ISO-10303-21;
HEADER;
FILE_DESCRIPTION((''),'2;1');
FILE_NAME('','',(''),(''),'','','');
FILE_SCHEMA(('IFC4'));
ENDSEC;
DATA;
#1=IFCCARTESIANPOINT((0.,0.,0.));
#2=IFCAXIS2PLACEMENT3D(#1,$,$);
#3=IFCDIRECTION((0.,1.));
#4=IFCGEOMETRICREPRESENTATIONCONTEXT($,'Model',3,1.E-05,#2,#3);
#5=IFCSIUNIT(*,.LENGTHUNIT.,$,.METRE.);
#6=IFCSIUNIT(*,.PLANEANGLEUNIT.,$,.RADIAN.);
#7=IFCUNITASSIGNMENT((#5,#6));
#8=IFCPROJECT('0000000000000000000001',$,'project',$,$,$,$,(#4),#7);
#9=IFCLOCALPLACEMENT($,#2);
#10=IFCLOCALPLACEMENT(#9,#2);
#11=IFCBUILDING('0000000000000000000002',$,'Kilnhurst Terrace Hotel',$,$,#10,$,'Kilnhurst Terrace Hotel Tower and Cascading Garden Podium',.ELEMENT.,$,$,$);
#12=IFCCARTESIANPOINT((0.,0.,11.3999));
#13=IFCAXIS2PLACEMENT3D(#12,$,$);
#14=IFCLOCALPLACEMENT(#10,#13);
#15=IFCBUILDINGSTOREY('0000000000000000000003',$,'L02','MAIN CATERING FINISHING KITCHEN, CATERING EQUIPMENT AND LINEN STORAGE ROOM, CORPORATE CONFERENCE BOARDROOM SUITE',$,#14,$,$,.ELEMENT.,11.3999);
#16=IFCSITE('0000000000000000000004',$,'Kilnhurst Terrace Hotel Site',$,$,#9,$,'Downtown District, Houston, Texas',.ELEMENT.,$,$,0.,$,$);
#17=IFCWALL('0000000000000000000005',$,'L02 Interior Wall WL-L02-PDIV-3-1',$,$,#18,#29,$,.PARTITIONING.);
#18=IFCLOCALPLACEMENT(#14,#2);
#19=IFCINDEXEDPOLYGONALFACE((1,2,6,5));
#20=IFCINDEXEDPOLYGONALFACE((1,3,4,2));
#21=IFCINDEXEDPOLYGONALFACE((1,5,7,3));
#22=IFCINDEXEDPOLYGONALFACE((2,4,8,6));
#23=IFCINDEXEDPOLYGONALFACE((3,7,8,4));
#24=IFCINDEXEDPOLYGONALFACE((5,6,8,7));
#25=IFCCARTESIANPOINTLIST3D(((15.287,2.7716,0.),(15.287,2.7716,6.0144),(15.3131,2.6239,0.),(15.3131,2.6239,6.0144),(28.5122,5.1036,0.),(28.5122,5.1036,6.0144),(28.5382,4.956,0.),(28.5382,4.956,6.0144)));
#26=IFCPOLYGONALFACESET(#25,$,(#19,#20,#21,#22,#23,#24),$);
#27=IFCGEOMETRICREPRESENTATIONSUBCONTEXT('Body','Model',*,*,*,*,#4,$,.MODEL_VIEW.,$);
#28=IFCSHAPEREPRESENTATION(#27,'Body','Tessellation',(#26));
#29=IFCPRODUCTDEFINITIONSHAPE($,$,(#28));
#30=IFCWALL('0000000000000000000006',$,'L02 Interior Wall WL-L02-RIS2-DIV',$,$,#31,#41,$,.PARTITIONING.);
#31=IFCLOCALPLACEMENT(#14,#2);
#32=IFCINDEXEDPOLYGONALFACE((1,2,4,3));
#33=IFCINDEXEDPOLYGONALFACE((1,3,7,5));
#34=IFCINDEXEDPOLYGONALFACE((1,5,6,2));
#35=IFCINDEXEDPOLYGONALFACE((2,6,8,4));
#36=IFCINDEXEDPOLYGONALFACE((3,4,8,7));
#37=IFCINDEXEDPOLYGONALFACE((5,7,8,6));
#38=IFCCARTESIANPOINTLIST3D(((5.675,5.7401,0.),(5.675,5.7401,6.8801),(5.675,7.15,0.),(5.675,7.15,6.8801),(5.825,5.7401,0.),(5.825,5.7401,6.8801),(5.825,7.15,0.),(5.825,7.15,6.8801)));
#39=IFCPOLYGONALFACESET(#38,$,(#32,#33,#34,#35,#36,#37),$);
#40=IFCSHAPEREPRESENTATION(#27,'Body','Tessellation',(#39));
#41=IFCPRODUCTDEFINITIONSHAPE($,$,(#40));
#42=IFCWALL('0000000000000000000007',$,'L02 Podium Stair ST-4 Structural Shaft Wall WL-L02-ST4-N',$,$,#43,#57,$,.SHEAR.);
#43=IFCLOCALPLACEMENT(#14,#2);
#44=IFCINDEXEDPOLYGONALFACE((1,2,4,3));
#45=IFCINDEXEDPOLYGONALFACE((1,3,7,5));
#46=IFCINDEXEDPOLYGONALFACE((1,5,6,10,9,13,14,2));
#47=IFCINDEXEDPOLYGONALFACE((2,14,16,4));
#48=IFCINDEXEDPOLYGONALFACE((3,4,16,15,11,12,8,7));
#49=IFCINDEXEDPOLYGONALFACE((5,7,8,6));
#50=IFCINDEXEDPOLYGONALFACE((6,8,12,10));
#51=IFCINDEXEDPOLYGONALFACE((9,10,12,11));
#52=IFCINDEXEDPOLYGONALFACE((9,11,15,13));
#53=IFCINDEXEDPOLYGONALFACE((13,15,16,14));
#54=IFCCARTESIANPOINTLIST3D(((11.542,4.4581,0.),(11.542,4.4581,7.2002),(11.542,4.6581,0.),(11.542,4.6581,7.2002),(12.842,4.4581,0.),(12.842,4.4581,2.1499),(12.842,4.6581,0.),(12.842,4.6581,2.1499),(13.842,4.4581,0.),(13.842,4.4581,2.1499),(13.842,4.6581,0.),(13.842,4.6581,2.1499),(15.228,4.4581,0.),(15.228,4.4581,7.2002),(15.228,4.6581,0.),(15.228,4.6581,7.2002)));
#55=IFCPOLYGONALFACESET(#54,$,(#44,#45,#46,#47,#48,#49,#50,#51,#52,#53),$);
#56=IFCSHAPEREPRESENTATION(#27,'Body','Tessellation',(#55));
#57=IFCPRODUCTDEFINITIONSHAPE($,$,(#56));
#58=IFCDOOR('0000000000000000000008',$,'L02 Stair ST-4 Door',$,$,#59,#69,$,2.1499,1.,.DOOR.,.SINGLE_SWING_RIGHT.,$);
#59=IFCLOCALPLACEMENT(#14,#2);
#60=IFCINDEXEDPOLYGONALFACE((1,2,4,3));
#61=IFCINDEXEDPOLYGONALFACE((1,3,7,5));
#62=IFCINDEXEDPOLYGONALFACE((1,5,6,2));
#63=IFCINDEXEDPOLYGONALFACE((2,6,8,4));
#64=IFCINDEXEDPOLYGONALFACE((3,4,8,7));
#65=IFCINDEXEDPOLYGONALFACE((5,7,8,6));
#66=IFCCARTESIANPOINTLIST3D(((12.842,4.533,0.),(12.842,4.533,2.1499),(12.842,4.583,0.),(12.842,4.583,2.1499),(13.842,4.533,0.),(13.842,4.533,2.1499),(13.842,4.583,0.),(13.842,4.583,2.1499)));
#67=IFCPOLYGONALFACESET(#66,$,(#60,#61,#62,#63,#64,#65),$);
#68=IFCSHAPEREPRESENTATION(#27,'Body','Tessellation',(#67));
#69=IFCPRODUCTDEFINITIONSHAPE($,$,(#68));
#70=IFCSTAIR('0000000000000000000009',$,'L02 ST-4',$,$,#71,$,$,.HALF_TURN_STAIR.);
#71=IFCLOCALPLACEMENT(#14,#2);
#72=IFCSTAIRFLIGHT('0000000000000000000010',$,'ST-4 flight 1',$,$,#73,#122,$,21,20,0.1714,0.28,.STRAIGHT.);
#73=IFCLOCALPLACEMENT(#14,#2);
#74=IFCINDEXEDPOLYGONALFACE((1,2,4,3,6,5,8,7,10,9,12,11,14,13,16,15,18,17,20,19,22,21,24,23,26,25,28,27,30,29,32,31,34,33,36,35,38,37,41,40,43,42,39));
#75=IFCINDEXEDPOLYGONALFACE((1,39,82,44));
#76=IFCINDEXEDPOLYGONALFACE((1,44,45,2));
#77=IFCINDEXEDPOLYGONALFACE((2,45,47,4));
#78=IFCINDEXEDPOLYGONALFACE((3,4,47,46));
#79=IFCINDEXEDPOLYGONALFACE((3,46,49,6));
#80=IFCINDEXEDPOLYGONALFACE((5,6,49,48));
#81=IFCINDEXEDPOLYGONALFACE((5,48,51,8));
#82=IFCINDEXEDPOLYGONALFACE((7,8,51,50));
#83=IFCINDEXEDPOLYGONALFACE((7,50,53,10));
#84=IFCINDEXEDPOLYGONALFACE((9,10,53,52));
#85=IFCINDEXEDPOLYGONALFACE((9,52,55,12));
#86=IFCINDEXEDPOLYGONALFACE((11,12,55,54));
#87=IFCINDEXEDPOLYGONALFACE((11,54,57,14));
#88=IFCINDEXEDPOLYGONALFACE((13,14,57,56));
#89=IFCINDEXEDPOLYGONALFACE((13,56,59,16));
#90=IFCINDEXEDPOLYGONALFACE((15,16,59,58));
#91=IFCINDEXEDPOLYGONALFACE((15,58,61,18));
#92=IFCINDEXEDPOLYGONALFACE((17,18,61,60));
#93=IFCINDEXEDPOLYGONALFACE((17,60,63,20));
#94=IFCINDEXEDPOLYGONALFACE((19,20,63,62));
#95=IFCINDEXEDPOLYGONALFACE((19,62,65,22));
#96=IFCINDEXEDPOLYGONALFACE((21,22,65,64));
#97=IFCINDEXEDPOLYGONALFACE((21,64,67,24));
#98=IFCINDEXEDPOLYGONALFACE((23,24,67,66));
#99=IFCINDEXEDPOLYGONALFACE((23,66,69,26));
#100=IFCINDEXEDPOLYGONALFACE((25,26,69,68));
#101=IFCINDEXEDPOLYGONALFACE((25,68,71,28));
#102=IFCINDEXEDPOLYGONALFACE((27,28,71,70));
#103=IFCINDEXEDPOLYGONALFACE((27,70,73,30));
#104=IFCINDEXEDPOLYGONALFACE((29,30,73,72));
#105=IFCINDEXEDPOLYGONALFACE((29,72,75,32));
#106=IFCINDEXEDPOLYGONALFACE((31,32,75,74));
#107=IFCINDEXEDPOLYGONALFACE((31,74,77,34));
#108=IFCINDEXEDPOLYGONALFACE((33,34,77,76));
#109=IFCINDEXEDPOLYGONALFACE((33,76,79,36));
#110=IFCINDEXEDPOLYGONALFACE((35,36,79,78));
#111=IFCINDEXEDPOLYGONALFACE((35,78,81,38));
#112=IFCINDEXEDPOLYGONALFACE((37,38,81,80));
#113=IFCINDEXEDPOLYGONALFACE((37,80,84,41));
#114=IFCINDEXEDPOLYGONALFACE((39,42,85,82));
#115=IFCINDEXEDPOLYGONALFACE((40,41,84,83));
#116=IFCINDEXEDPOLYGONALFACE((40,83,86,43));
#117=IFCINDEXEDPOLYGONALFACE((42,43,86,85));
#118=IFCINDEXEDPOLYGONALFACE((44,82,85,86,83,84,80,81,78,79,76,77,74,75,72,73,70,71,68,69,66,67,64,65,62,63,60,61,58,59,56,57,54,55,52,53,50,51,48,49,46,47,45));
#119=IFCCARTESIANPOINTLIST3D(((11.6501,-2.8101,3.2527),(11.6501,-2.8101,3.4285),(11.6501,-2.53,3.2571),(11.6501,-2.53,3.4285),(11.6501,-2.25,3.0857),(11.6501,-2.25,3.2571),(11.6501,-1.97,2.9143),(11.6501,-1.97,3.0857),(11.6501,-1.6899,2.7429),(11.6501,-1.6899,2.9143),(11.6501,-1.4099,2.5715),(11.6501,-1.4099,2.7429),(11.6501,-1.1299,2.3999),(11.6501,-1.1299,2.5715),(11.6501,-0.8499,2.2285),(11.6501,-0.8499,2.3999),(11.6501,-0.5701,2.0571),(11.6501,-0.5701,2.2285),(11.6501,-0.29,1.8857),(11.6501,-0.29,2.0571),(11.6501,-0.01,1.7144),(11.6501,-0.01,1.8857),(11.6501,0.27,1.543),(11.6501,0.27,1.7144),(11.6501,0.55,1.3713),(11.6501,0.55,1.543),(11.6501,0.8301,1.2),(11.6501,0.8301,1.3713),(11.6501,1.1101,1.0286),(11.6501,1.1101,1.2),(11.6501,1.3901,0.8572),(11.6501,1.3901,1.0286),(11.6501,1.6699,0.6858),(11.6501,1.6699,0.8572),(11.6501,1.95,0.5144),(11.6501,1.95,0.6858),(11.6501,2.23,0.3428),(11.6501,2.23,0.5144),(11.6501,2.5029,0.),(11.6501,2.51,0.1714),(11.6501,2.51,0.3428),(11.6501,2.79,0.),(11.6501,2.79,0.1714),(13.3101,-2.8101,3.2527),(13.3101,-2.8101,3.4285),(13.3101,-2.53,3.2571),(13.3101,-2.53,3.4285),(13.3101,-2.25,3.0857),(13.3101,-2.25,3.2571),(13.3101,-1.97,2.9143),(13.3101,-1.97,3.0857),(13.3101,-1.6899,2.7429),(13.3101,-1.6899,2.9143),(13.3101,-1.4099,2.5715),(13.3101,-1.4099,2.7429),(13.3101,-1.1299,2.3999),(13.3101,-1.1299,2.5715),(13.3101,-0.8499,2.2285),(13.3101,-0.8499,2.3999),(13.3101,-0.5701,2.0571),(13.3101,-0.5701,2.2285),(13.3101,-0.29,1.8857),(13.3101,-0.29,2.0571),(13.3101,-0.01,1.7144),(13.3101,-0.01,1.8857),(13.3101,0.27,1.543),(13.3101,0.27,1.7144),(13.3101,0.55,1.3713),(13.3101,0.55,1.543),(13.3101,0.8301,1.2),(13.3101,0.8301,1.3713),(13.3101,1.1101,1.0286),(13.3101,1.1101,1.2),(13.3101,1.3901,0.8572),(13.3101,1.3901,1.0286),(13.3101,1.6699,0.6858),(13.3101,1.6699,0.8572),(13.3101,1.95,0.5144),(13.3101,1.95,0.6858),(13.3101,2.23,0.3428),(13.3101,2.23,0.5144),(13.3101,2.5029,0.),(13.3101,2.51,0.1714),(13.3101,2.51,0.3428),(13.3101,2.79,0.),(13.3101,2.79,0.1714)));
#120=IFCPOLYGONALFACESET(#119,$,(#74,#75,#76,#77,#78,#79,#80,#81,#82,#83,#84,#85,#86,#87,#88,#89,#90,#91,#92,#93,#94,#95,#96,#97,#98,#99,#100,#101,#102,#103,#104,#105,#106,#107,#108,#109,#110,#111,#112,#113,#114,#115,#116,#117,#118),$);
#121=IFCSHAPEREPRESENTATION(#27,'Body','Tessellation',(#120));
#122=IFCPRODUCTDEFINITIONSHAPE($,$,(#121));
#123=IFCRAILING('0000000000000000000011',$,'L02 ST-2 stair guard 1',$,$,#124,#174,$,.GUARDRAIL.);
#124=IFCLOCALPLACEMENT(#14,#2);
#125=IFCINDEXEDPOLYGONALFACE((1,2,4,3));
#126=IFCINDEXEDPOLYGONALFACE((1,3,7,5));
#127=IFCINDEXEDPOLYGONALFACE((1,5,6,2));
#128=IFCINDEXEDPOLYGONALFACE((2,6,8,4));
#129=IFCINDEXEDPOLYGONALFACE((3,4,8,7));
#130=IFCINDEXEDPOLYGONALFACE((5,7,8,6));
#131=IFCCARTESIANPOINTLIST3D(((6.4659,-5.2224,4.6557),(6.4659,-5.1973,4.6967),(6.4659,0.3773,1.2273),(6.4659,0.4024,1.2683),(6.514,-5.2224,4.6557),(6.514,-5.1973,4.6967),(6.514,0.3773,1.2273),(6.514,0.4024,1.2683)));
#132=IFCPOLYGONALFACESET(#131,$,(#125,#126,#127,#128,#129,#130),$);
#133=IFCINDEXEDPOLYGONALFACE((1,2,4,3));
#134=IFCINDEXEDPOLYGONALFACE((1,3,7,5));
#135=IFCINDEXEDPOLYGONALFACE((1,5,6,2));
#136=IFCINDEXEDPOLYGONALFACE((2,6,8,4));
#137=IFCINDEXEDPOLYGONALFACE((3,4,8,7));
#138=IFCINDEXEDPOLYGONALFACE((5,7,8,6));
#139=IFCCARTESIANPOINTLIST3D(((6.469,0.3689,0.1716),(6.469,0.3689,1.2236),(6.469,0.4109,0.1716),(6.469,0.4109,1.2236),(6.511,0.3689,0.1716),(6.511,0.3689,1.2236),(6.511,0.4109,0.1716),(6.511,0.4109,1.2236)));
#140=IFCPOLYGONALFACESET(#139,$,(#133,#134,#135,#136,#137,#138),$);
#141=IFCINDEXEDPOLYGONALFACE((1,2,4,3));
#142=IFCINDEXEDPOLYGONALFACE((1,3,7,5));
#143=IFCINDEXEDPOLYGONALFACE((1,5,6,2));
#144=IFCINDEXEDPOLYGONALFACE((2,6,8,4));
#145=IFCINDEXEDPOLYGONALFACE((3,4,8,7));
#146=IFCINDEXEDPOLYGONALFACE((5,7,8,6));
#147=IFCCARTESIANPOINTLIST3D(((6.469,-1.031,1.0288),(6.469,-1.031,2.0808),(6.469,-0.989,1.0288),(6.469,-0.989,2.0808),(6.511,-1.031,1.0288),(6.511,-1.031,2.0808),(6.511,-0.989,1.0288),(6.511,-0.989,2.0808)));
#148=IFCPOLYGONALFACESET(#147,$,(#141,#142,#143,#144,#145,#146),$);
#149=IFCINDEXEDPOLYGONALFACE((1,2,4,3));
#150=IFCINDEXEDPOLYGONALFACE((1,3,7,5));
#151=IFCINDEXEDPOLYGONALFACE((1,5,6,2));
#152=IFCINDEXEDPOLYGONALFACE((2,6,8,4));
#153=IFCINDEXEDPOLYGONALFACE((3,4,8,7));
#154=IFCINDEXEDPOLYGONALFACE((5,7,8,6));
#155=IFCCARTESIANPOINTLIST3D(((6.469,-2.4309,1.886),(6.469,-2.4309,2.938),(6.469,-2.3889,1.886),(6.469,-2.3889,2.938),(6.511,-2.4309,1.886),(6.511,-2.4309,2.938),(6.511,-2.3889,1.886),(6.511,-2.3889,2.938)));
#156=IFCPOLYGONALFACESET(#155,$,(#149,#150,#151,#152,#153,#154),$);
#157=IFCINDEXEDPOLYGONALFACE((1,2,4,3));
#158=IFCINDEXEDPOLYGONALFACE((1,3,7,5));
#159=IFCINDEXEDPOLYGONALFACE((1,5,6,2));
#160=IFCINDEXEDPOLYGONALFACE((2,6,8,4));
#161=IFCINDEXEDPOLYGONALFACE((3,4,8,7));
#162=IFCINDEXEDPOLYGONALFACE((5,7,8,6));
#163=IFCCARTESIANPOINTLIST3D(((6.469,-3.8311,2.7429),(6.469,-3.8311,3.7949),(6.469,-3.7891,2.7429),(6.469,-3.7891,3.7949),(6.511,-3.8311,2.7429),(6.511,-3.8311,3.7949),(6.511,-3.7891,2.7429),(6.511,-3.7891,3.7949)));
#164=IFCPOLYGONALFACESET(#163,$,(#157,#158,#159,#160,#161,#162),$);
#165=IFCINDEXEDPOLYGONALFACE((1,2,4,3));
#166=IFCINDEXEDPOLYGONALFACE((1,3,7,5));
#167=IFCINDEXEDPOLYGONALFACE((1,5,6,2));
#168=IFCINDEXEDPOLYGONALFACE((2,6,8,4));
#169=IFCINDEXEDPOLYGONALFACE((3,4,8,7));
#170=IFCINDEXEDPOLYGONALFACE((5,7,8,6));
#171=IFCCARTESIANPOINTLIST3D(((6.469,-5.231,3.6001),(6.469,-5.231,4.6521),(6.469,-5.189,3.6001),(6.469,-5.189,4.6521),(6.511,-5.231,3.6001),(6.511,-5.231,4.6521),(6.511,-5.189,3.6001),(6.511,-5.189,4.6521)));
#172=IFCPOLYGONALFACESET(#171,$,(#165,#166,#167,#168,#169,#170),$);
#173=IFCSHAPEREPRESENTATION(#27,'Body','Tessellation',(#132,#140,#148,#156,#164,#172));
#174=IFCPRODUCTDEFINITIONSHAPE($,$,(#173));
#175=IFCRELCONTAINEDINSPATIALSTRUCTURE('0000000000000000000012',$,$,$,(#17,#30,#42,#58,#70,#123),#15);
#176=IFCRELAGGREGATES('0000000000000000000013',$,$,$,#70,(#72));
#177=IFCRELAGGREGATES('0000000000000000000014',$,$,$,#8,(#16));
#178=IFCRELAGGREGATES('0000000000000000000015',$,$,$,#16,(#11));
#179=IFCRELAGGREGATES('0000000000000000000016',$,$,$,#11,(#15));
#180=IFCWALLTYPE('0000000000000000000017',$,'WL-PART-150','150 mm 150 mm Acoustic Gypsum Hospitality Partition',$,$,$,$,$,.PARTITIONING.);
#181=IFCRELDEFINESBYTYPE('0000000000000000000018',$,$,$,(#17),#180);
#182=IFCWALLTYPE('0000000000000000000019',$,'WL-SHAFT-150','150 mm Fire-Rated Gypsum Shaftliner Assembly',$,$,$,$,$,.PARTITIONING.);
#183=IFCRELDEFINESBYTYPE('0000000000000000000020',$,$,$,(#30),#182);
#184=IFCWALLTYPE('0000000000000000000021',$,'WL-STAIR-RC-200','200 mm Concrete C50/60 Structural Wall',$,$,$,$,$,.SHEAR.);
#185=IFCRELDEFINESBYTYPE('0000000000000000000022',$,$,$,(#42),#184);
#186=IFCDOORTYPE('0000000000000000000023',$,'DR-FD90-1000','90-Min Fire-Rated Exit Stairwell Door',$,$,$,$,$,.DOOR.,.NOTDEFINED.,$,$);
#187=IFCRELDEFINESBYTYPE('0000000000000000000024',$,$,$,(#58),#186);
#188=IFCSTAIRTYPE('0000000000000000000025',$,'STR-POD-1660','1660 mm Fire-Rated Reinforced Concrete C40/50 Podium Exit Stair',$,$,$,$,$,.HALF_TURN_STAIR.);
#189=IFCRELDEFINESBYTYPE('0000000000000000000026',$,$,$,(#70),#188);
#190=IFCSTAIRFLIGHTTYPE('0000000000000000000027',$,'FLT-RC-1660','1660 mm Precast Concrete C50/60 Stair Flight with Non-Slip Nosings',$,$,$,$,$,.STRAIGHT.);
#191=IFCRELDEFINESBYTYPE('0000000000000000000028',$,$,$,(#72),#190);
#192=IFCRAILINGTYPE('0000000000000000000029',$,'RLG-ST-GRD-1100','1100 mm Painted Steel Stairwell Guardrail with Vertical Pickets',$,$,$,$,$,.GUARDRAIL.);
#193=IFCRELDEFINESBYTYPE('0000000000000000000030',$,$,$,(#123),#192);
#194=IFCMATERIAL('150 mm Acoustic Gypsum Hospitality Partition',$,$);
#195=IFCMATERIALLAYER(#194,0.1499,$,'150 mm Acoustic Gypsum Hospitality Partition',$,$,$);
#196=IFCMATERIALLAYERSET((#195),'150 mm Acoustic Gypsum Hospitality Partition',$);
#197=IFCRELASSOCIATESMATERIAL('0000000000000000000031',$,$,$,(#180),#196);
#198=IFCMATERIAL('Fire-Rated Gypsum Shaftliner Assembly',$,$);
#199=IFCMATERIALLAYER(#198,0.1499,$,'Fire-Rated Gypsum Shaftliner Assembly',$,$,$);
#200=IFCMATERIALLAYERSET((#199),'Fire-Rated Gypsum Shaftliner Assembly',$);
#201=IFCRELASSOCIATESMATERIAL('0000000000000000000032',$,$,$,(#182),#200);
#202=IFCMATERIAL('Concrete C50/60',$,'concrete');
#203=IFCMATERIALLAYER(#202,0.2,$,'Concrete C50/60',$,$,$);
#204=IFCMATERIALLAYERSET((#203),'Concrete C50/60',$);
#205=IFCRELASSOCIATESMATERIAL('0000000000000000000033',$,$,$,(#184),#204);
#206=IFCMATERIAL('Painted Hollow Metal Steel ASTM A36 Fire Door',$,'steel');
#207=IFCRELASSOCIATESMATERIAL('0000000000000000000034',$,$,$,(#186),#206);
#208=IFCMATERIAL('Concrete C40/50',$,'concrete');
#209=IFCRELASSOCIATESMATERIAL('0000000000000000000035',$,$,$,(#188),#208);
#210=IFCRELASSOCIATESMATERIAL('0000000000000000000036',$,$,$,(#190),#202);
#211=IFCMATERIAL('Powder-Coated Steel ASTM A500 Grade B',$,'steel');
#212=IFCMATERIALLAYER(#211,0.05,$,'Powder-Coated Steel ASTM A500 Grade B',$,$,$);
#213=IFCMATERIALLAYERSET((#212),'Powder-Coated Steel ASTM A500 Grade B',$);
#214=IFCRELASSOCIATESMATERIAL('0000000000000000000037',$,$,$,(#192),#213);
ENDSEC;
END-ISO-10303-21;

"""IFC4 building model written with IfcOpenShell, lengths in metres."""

from ifc_helpers import new_model, si_unit, direction, frame, frame_2d, origin, origin_2d, place, context, subcontext, project, spatial, polyline, rectangle, outline, extrude, material, layer, layer_set, type_object, element, fill, aggregate, save


model = new_model("IFC4")

# Units and contexts
model_context = context("Model", 3, precision=1e-05, world=origin(), true_north=direction((0.0, 1.0)))
body_context = subcontext(model_context, "Body", "Model", "MODEL_VIEW")
ifc_project = project(units=[si_unit("LENGTHUNIT", "METRE"), si_unit("PLANEANGLEUNIT", "RADIAN")], contexts=[model_context])

# Site, building, storey
site_placement = place(None, origin())
site = spatial("IfcSite", under=ifc_project, at=site_placement, Name="Kilnhurst Terrace Hotel Site", LongName="Downtown District, Houston, Texas", CompositionType="ELEMENT", RefElevation=0.0)
building_placement = place(site_placement, origin())
building = spatial("IfcBuilding", under=site, at=building_placement, Name="Kilnhurst Terrace Hotel", LongName="Kilnhurst Terrace Hotel Tower and Cascading Garden Podium", CompositionType="ELEMENT")
storey_placement = place(building_placement, frame((0.0, 0.0, 11.3999)))
storey = spatial("IfcBuildingStorey", under=building, at=storey_placement, Name="L02", Description="MAIN CATERING FINISHING KITCHEN, CATERING EQUIPMENT AND LINEN STORAGE ROOM, CORPORATE CONFERENCE BOARDROOM SUITE", CompositionType="ELEMENT", Elevation=11.3999)

# Walls
ifc_material_1 = material(Name="150 mm Acoustic Gypsum Hospitality Partition")
ifc_layer_1 = layer(ifc_material_1, 0.1499, Name="150 mm Acoustic Gypsum Hospitality Partition")
ifc_layer_set_1 = layer_set([ifc_layer_1], Name="150 mm Acoustic Gypsum Hospitality Partition")
wall_type_1 = type_object("IfcWallType", Name="WL-PART-150", Description="150 mm 150 mm Acoustic Gypsum Hospitality Partition", PredefinedType="PARTITIONING", material=ifc_layer_set_1)
wall_1_placement = place(storey_placement, frame((15.3, 2.6978, 0.0), z_axis=(0.0, 0.0, 1.0), x_axis=(0.984807, 0.173655, 0.0)))
element("IfcWall", 1, at=wall_1_placement, inside=storey, type_object=wall_type_1, Name="L02 Interior Wall WL-L02-PDIV-3-1", PredefinedType="PARTITIONING", context=body_context, shape_type="SweptSolid", body=[
    extrude(rectangle(XDim=13.4292, YDim=0.1499, at=frame_2d((6.7146, 0.0))), origin(), (0.0, 0.0, 1.0), 6.0144),
])
ifc_material_2 = material(Name="Fire-Rated Gypsum Shaftliner Assembly")
ifc_layer_2 = layer(ifc_material_2, 0.1499, Name="Fire-Rated Gypsum Shaftliner Assembly")
ifc_layer_set_2 = layer_set([ifc_layer_2], Name="Fire-Rated Gypsum Shaftliner Assembly")
wall_type_2 = type_object("IfcWallType", Name="WL-SHAFT-150", Description="150 mm Fire-Rated Gypsum Shaftliner Assembly", PredefinedType="PARTITIONING", material=ifc_layer_set_2)
wall_2_placement = place(storey_placement, frame((5.75, 5.74, 0.0), z_axis=(0.0, 0.0, 1.0), x_axis=(0.0, 1.0, 0.0)))
element("IfcWall", 2, at=wall_2_placement, inside=storey, type_object=wall_type_2, Name="L02 Interior Wall WL-L02-RIS2-DIV", PredefinedType="PARTITIONING", context=body_context, shape_type="SweptSolid", body=[
    extrude(rectangle(XDim=1.4099, YDim=0.1499, at=frame_2d((0.7051, 0.0))), origin(), (0.0, 0.0, 1.0), 6.8801),
])

# Wall, opening, door
ifc_material_3 = material(Name="Concrete C50/60", Category="concrete")
ifc_layer_3 = layer(ifc_material_3, 0.2, Name="Concrete C50/60")
ifc_layer_set_3 = layer_set([ifc_layer_3], Name="Concrete C50/60")
wall_type_3 = type_object("IfcWallType", Name="WL-STAIR-RC-200", Description="200 mm Concrete C50/60 Structural Wall", PredefinedType="SHEAR", material=ifc_layer_set_3)
wall_3_placement = place(storey_placement, frame((11.542, 4.5581, 0.0), z_axis=(0.0, 0.0, 1.0), x_axis=(1.0, 0.0, 0.0)))
wall_3 = element("IfcWall", 3, at=wall_3_placement, inside=storey, type_object=wall_type_3, Name="L02 Podium Stair ST-4 Structural Shaft Wall WL-L02-ST4-N", PredefinedType="SHEAR", context=body_context, shape_type="SweptSolid", body=[
    extrude(rectangle(XDim=3.686, YDim=0.2, at=frame_2d((1.843, 0.0))), origin(), (0.0, 0.0, 1.0), 7.2002),
])
opening_1_placement = place(wall_3_placement, frame((1.3, 0.0, 0.0)))
opening_1 = element("IfcOpeningElement", 4, at=opening_1_placement, cuts=wall_3, PredefinedType="OPENING", context=body_context, shape_type="SweptSolid", body=[
    extrude(rectangle(XDim=1.0, YDim=2.1499, at=frame_2d((0.5, 1.075))), frame((0.0, 0.1099, 0.0), z_axis=(0.0, -1.0, 0.0), x_axis=(1.0, 0.0, 0.0)), (0.0, 0.0, 1.0), 0.22),
])
ifc_material_4 = material(Name="Painted Hollow Metal Steel ASTM A36 Fire Door", Category="steel")
door_type_1 = type_object("IfcDoorType", Name="DR-FD90-1000", Description="90-Min Fire-Rated Exit Stairwell Door", OperationType="NOTDEFINED", PredefinedType="DOOR", material=ifc_material_4)
door_1_placement = place(opening_1_placement, origin())
door_1 = element("IfcDoor", 5, at=door_1_placement, inside=storey, type_object=door_type_1, Name="L02 Stair ST-4 Door", OperationType="SINGLE_SWING_RIGHT", OverallHeight=2.1499, OverallWidth=1.0, PredefinedType="DOOR", context=body_context, shape_type="SweptSolid", body=[
    extrude(rectangle(XDim=1.0, YDim=2.1499, at=frame_2d((0.5, 1.075))), frame((0.0, 0.0249, 0.0), z_axis=(0.0, -1.0, 0.0), x_axis=(1.0, 0.0, 0.0)), (0.0, 0.0, 1.0), 0.05),
])
fill(opening_1, door_1)

# Stair, stair flight
ifc_material_5 = material(Name="Concrete C40/50", Category="concrete")
stair_type = type_object("IfcStairType", Name="STR-POD-1660", Description="1660 mm Fire-Rated Reinforced Concrete C40/50 Podium Exit Stair", PredefinedType="HALF_TURN_STAIR", material=ifc_material_5)
stair_placement = place(storey_placement, origin())
stair = element("IfcStair", 6, at=stair_placement, inside=storey, type_object=stair_type, Name="L02 ST-4", PredefinedType="HALF_TURN_STAIR")
stair_flight_type = type_object("IfcStairFlightType", Name="FLT-RC-1660", Description="1660 mm Precast Concrete C50/60 Stair Flight with Non-Slip Nosings", PredefinedType="STRAIGHT", material=ifc_material_3)
stair_flight_placement = place(storey_placement, frame((12.48, 2.79, 0.0), z_axis=(0.0, 0.0, 1.0), x_axis=(0.0, -1.0, 0.0)))
stair_flight = element("IfcStairFlight", 7, at=stair_flight_placement, type_object=stair_flight_type, Name="ST-4 flight 1", NumberOfRisers=21, NumberOfTreads=20, PredefinedType="STRAIGHT", RiserHeight=0.1714, TreadLength=0.28, context=body_context, shape_type="SweptSolid", body=[
    extrude(outline(polyline([(0.0, 0.0), (0.0, 0.1714), (0.28, 0.1714), (0.28, 0.3428), (0.5601, 0.3428), (0.5601, 0.5144), (0.8401, 0.5144), (0.8401, 0.6858), (1.1201, 0.6858), (1.1201, 0.8572), (1.3999, 0.8572), (1.3999, 1.0286), (1.6799, 1.0286), (1.6799, 1.2), (1.96, 1.2), (1.96, 1.3713), (2.24, 1.3713), (2.24, 1.543), (2.52, 1.543), (2.52, 1.7144), (2.8, 1.7144), (2.8, 1.8857), (3.0801, 1.8857), (3.0801, 2.0571), (3.3601, 2.0571), (3.3601, 2.2285), (3.6399, 2.2285), (3.6399, 2.3999), (3.9199, 2.3999), (3.9199, 2.5715), (4.2, 2.5715), (4.2, 2.7429), (4.48, 2.7429), (4.48, 2.9143), (4.76, 2.9143), (4.76, 3.0857), (5.04, 3.0857), (5.04, 3.2571), (5.3201, 3.2571), (5.3201, 3.4285), (5.6001, 3.4285), (5.6001, 3.6001), (5.6001, 3.2527), (0.2871, 0.0), (0.0, 0.0)])), frame((0.0, 0.8301, 0.0), z_axis=(0.0, -1.0, 0.0), x_axis=(1.0, 0.0, 0.0)), (0.0, 0.0, 1.0), 1.6599),
])
aggregate(stair, [stair_flight])

# Railing
ifc_material_6 = material(Name="Powder-Coated Steel ASTM A500 Grade B", Category="steel")
ifc_layer_4 = layer(ifc_material_6, 0.05, Name="Powder-Coated Steel ASTM A500 Grade B")
ifc_layer_set_4 = layer_set([ifc_layer_4], Name="Powder-Coated Steel ASTM A500 Grade B")
railing_type_1 = type_object("IfcRailingType", Name="RLG-ST-GRD-1100", Description="1100 mm Painted Steel Stairwell Guardrail with Vertical Pickets", PredefinedType="GUARDRAIL", material=ifc_layer_set_4)
railing_1_placement = place(storey_placement, frame((6.49, 0.3899, 0.1716)))
element("IfcRailing", 8, at=railing_1_placement, inside=storey, type_object=railing_type_1, Name="L02 ST-2 stair guard 1", PredefinedType="GUARDRAIL", context=body_context, shape_type="SweptSolid", body=[
    extrude(rectangle(XDim=0.0481, YDim=0.0481, at=origin_2d()), frame((0.0, 0.0, 1.0762), z_axis=(0.0, -0.852852, 0.522152), x_axis=(1.0, 0.0, 0.0)), (0.0, 0.0, 1.0), 6.5659),
    extrude(rectangle(XDim=0.042, YDim=0.042, at=origin_2d()), origin(), (0.0, 0.0, 1.0), 1.052),
    extrude(rectangle(XDim=0.042, YDim=0.042, at=origin_2d()), frame((0.0, -1.3999, 0.8572)), (0.0, 0.0, 1.0), 1.052),
    extrude(rectangle(XDim=0.042, YDim=0.042, at=origin_2d()), frame((0.0, -2.7998, 1.7144)), (0.0, 0.0, 1.0), 1.052),
    extrude(rectangle(XDim=0.042, YDim=0.042, at=origin_2d()), frame((0.0, -4.2, 2.5713)), (0.0, 0.0, 1.0), 1.052),
    extrude(rectangle(XDim=0.042, YDim=0.042, at=origin_2d()), frame((0.0, -5.5999, 3.4285)), (0.0, 0.0, 1.0), 1.052),
])

save(model, "model.ifc")
